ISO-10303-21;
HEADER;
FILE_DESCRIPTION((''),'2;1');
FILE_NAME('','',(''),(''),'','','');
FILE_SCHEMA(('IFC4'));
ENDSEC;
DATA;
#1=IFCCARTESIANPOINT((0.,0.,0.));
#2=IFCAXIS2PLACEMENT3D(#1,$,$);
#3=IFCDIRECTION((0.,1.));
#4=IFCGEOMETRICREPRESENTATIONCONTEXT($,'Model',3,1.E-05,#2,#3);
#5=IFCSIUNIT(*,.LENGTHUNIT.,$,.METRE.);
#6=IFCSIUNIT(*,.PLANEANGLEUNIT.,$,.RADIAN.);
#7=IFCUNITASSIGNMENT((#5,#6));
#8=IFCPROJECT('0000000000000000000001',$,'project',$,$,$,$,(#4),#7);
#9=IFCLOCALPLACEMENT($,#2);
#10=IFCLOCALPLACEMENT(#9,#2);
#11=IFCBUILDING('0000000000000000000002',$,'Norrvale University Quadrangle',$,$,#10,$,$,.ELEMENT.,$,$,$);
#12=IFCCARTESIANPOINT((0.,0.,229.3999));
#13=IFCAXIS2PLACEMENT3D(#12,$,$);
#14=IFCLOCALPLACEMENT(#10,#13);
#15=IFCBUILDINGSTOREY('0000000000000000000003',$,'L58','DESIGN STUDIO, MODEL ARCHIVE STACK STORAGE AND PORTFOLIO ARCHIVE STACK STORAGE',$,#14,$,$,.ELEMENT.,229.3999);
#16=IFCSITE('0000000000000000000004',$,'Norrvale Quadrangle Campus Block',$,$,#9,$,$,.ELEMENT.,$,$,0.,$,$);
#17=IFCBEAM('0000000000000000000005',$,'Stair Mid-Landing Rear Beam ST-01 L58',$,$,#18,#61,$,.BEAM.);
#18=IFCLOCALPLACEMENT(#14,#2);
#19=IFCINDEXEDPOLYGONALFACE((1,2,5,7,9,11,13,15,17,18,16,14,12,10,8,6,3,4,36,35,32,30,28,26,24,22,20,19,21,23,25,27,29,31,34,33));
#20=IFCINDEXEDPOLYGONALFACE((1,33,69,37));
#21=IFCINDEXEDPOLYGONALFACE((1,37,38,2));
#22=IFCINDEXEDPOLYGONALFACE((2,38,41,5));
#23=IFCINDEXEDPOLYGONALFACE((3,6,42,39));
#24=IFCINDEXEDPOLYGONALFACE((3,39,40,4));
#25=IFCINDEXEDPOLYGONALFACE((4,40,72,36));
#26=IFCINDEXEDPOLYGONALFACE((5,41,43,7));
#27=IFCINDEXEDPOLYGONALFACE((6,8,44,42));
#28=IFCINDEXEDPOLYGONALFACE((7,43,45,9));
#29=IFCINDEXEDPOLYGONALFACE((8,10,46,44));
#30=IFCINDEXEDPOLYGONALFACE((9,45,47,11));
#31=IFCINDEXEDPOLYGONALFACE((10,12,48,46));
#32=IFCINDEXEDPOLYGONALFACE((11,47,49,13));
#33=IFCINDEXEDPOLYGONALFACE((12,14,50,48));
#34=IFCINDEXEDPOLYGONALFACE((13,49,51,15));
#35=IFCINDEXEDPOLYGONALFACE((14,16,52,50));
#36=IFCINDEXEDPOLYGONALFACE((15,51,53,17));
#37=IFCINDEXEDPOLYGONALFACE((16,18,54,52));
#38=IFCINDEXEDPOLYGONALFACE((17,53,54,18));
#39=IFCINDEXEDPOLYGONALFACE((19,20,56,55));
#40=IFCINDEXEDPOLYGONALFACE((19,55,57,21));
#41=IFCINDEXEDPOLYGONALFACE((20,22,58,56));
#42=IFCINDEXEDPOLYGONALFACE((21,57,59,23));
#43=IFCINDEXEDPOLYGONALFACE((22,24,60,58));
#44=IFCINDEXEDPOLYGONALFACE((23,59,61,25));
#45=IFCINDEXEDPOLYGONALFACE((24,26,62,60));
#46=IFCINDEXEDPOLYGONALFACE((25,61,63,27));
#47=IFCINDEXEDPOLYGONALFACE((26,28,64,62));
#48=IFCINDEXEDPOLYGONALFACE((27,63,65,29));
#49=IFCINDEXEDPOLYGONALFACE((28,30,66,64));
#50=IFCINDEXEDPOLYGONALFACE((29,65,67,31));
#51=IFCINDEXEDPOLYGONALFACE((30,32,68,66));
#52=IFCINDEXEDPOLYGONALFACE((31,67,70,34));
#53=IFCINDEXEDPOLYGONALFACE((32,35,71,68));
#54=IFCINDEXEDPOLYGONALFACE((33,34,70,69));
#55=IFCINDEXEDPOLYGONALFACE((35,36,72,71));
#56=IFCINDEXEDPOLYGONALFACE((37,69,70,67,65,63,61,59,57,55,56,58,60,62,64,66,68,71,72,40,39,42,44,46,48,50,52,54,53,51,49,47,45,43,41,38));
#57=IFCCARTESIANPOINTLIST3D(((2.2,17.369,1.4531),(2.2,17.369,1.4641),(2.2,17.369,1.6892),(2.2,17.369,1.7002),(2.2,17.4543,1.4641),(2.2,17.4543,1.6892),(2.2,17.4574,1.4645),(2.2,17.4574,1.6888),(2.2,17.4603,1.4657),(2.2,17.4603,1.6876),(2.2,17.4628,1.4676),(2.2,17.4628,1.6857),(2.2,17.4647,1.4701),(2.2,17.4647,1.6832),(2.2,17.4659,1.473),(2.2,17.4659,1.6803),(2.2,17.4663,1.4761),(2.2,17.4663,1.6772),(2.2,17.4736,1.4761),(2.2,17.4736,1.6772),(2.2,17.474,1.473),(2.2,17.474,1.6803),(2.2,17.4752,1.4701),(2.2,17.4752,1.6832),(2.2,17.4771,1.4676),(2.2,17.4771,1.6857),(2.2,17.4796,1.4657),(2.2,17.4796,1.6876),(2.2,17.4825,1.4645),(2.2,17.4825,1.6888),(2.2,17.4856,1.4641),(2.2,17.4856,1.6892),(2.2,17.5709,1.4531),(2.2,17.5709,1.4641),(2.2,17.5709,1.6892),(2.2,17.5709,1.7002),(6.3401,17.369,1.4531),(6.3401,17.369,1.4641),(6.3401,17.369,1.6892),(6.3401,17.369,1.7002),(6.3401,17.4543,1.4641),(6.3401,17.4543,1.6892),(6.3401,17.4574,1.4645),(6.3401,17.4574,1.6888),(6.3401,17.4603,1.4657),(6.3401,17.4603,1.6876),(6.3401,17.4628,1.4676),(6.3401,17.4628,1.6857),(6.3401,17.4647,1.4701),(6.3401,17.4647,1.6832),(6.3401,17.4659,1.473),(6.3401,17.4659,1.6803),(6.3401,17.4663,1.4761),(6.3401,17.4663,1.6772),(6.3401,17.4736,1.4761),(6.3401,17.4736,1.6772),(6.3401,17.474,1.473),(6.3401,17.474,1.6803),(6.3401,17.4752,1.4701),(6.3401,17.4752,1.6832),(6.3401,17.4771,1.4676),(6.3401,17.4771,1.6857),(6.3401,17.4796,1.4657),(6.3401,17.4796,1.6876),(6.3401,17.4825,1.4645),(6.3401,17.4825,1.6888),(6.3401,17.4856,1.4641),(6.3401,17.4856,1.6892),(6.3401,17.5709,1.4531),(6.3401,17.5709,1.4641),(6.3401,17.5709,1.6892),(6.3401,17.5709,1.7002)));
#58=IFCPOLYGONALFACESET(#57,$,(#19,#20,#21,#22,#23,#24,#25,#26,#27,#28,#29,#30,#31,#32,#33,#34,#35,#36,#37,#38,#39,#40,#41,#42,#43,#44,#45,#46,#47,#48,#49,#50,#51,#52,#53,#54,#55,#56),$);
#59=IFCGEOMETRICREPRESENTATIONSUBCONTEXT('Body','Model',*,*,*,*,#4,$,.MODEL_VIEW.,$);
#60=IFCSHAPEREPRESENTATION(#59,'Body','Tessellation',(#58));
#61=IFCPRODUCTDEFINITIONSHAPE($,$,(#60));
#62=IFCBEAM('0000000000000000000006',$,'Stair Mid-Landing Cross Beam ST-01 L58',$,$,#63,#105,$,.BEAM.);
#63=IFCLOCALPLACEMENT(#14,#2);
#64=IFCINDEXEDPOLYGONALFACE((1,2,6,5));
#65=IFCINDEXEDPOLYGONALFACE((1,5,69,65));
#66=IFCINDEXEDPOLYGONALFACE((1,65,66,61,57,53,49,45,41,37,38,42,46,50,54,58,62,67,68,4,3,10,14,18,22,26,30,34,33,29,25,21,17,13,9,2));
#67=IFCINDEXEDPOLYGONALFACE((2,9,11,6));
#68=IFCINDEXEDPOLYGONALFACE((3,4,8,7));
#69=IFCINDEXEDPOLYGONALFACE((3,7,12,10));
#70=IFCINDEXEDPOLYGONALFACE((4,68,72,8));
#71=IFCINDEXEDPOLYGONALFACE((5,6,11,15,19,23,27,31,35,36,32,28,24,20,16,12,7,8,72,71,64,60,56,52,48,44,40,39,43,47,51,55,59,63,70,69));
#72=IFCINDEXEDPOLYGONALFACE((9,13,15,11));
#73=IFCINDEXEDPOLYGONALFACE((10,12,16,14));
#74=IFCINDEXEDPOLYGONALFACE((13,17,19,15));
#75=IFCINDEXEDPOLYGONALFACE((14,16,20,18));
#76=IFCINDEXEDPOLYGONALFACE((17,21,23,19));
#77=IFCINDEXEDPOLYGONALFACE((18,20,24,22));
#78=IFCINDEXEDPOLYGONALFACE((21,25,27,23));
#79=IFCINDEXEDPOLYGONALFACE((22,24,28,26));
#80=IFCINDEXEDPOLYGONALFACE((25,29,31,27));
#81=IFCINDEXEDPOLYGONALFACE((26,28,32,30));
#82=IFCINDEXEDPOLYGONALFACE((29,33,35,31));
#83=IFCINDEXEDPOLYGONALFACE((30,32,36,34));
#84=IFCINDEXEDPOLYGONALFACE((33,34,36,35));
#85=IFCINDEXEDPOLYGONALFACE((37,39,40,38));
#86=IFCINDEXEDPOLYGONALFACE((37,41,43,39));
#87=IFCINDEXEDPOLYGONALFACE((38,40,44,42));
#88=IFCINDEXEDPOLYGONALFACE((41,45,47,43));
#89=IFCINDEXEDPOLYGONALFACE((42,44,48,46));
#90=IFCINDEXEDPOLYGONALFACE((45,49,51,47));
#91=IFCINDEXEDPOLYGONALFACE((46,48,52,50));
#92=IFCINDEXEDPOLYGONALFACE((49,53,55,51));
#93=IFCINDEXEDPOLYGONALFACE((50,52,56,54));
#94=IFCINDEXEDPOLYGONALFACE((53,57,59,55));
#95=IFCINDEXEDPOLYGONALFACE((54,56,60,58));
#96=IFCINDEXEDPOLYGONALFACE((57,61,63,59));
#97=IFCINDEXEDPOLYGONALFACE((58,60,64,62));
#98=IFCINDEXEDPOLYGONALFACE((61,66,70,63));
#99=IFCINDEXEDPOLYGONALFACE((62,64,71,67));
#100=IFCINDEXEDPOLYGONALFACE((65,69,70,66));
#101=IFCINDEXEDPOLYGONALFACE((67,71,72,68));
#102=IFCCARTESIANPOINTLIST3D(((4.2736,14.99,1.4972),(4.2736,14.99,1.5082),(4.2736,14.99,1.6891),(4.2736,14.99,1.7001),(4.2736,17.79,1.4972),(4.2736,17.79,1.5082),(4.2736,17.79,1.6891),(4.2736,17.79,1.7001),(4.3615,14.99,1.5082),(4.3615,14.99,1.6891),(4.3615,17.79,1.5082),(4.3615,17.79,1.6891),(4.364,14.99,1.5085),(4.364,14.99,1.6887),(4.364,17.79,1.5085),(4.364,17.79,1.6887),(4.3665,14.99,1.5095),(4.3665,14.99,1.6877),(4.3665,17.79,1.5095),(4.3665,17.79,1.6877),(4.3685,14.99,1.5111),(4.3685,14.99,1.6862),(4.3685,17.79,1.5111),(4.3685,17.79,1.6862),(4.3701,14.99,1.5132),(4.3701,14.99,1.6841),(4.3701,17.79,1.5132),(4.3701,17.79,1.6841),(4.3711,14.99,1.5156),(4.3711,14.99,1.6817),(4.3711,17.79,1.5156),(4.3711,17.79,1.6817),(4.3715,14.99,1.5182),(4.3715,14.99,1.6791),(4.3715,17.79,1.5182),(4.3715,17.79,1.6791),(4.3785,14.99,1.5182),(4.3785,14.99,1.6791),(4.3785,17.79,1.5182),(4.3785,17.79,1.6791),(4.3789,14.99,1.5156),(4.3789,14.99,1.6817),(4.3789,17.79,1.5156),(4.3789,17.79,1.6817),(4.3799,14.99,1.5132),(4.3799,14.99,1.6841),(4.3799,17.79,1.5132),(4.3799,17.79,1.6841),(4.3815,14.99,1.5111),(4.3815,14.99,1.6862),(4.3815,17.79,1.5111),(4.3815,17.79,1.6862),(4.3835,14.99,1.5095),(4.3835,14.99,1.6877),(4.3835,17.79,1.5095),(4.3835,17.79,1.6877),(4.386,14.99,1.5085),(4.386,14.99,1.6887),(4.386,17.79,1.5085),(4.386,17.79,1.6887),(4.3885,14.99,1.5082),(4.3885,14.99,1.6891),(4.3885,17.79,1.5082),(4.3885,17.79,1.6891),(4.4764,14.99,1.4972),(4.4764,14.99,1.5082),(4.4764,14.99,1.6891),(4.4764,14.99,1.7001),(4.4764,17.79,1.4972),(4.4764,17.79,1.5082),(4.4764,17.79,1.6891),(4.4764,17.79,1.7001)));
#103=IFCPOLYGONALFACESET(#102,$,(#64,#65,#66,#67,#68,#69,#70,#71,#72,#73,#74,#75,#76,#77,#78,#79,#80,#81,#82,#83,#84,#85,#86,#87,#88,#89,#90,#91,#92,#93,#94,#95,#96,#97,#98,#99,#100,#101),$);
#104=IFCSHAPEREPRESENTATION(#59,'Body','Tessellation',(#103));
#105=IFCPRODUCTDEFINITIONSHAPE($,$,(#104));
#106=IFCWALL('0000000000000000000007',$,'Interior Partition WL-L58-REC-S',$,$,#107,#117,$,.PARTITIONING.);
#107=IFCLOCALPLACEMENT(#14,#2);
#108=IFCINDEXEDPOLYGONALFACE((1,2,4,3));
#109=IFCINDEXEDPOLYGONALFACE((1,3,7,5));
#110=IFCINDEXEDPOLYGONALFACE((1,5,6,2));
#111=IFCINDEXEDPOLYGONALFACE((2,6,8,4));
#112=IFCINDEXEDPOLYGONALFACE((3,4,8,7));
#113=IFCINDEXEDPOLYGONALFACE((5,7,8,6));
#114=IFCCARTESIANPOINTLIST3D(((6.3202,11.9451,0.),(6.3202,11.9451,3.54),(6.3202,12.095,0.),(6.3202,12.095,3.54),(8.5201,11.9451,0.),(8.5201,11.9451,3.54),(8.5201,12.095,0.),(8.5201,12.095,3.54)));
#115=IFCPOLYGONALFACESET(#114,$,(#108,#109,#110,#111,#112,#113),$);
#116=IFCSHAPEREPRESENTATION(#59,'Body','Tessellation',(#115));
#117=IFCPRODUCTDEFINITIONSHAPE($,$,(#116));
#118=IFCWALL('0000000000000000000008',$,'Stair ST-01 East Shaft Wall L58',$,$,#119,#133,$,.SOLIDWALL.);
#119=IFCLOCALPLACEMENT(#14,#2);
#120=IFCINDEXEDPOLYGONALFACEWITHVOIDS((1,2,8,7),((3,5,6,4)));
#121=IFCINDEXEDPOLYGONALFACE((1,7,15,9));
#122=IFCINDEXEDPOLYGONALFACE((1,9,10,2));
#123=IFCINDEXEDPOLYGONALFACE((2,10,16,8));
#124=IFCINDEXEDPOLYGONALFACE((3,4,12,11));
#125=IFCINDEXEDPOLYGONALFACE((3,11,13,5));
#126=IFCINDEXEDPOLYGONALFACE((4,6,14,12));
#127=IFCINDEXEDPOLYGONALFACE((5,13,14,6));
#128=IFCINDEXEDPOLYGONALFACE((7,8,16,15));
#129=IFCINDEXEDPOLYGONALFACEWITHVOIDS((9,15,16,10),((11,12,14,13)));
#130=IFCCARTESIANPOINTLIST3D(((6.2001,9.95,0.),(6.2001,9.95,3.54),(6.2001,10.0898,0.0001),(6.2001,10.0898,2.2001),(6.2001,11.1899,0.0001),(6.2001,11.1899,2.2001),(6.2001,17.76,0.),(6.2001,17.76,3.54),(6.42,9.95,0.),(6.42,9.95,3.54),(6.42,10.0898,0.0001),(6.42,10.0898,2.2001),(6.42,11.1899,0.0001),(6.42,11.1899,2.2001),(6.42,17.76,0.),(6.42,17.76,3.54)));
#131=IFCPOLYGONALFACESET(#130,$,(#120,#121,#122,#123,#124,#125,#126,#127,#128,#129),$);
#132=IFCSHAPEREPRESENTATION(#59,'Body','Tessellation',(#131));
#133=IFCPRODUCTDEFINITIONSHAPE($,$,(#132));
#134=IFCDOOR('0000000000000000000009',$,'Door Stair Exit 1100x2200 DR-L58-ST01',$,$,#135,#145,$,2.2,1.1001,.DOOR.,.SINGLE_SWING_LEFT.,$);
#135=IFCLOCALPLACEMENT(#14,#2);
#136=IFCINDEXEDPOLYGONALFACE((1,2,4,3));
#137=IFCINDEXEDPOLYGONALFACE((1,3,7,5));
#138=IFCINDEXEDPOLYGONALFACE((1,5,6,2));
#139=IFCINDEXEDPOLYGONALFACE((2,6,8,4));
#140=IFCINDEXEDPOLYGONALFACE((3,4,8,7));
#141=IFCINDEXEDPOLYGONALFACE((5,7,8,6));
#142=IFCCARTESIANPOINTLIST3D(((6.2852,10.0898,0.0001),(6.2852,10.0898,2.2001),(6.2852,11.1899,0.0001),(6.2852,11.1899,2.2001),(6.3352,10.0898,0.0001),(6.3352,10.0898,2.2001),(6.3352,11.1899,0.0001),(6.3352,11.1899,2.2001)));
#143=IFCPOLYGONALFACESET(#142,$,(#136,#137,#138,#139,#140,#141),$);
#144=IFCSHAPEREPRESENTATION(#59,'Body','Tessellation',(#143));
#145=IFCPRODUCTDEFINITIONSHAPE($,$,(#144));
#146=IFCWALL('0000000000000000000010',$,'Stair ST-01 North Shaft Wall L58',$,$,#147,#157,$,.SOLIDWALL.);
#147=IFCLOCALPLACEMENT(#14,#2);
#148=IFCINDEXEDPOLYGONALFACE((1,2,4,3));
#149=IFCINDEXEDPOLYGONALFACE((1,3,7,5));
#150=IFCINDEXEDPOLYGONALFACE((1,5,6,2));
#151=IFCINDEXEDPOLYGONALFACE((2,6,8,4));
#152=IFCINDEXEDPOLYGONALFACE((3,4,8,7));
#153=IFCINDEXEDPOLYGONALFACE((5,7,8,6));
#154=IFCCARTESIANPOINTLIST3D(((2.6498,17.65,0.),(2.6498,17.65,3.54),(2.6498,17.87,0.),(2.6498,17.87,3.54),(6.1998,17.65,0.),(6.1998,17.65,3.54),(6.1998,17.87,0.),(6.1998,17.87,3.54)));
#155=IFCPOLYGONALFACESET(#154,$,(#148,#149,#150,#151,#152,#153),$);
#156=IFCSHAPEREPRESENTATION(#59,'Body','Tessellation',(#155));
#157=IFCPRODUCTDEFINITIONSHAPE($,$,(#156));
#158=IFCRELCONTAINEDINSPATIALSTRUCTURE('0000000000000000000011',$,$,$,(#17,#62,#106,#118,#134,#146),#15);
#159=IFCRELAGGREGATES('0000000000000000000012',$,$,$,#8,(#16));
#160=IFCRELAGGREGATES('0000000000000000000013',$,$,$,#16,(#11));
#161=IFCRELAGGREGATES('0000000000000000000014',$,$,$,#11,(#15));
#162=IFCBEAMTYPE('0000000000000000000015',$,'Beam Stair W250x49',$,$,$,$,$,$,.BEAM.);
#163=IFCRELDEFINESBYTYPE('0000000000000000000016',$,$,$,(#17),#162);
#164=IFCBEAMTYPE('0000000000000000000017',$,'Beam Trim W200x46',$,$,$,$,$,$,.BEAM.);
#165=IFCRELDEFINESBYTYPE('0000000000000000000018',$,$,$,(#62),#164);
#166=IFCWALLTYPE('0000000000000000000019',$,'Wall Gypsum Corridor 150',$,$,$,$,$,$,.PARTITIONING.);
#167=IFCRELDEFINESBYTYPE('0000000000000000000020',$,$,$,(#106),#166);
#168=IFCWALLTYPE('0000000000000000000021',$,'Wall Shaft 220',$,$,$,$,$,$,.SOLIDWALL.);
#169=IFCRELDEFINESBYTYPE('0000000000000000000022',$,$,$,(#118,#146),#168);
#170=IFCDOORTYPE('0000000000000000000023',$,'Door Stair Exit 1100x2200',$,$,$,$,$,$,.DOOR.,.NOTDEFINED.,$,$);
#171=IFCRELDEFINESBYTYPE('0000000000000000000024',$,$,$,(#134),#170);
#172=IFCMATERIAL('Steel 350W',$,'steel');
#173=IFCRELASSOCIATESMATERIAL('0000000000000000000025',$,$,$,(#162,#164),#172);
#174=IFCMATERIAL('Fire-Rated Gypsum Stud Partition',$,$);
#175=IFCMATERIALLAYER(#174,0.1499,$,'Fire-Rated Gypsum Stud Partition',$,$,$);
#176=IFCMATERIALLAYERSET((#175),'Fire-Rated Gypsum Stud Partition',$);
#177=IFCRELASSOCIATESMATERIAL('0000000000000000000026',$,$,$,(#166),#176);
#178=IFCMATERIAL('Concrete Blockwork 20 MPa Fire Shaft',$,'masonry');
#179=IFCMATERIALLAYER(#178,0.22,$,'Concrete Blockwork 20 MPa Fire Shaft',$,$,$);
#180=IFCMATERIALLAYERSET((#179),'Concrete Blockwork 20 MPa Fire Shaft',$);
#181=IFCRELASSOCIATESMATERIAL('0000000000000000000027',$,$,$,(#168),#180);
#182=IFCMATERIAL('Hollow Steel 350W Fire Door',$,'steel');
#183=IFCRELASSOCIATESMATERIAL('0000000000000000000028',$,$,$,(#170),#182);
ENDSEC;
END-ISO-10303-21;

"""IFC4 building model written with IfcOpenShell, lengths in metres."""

from ifc_helpers import new_model, si_unit, direction, frame, frame_2d, origin, origin_2d, place, context, subcontext, project, spatial, rectangle, i_section, extrude, material, layer, layer_set, material_profile, profile_set, type_object, element, fill, save


model = new_model("IFC4")

# Units and contexts
model_context = context("Model", 3, precision=1e-05, world=origin(), true_north=direction((0.0, 1.0)))
body_context = subcontext(model_context, "Body", "Model", "MODEL_VIEW")
ifc_project = project(units=[si_unit("LENGTHUNIT", "METRE"), si_unit("PLANEANGLEUNIT", "RADIAN")], contexts=[model_context])

# Site, building, storey
site_placement = place(None, origin())
site = spatial("IfcSite", under=ifc_project, at=site_placement, Name="Norrvale Quadrangle Campus Block", CompositionType="ELEMENT", RefElevation=0.0)
building_placement = place(site_placement, origin())
building = spatial("IfcBuilding", under=site, at=building_placement, Name="Norrvale University Quadrangle", CompositionType="ELEMENT")
storey_placement = place(building_placement, frame((0.0, 0.0, 229.3999)))
storey = spatial("IfcBuildingStorey", under=building, at=storey_placement, Name="L58", Description="DESIGN STUDIO, MODEL ARCHIVE STACK STORAGE AND PORTFOLIO ARCHIVE STACK STORAGE", CompositionType="ELEMENT", Elevation=229.3999)

# Beams
ifc_material_1 = material(Name="Steel 350W", Category="steel")
ifc_material_profile_1 = material_profile(ifc_material_1, i_section(OverallWidth=0.2019, OverallDepth=0.2471, WebThickness=0.0073, FlangeThickness=0.011, FilletRadius=0.012, at=origin_2d()), Name="Steel 350W")
ifc_profile_set_1 = profile_set([ifc_material_profile_1], Name="Steel 350W")
beam_type_1 = type_object("IfcBeamType", Name="Beam Stair W250x49", PredefinedType="BEAM", material=ifc_profile_set_1)
for number, where, z_axis, x_axis, name in (
    (1, (2.2, 17.47, 1.5767), (1.0, 0.0, 0.0), (0.0, 1.0, 0.0), "Stair Mid-Landing Rear Beam ST-01 L58"),
):
    element("IfcBeam", number, at=place(storey_placement, frame(where, z_axis=z_axis, x_axis=x_axis)), inside=storey, type_object=beam_type_1, Name=name, PredefinedType="BEAM", context=body_context, shape_type="SweptSolid", body=[
        extrude(i_section(OverallWidth=0.2019, OverallDepth=0.2471, WebThickness=0.0073, FlangeThickness=0.011, FilletRadius=0.012, at=origin_2d()), origin(), (0.0, 0.0, 1.0), 4.1401),
    ])
ifc_material_profile_2 = material_profile(ifc_material_1, i_section(OverallWidth=0.2029, OverallDepth=0.2029, WebThickness=0.0071, FlangeThickness=0.011, FilletRadius=0.01, at=origin_2d()), Name="Steel 350W")
ifc_profile_set_2 = profile_set([ifc_material_profile_2], Name="Steel 350W")
beam_type_2 = type_object("IfcBeamType", Name="Beam Trim W200x46", PredefinedType="BEAM", material=ifc_profile_set_2)
beam_1_placement = place(storey_placement, frame((4.375, 14.99, 1.5986), z_axis=(0.0, 1.0, 0.0), x_axis=(-1.0, 0.0, 0.0)))
element("IfcBeam", 2, at=beam_1_placement, inside=storey, type_object=beam_type_2, Name="Stair Mid-Landing Cross Beam ST-01 L58", PredefinedType="BEAM", context=body_context, shape_type="SweptSolid", body=[
    extrude(i_section(OverallWidth=0.2029, OverallDepth=0.2029, WebThickness=0.0071, FlangeThickness=0.011, FilletRadius=0.01, at=origin_2d()), origin(), (0.0, 0.0, 1.0), 2.8),
])

# Wall
ifc_material_2 = material(Name="Fire-Rated Gypsum Stud Partition")
ifc_layer_1 = layer(ifc_material_2, 0.1499, Name="Fire-Rated Gypsum Stud Partition")
ifc_layer_set_1 = layer_set([ifc_layer_1], Name="Fire-Rated Gypsum Stud Partition")
wall_type_1 = type_object("IfcWallType", Name="Wall Gypsum Corridor 150", PredefinedType="PARTITIONING", material=ifc_layer_set_1)
wall_1_placement = place(storey_placement, frame((6.3201, 12.02, 0.0), z_axis=(0.0, 0.0, 1.0), x_axis=(1.0, 0.0, 0.0)))
element("IfcWall", 3, at=wall_1_placement, inside=storey, type_object=wall_type_1, Name="Interior Partition WL-L58-REC-S", PredefinedType="PARTITIONING", context=body_context, shape_type="SweptSolid", body=[
    extrude(rectangle(XDim=2.2, YDim=0.1499, at=frame_2d((1.1001, 0.0))), origin(), (0.0, 0.0, 1.0), 3.54),
])

# Wall, opening, door
ifc_material_3 = material(Name="Concrete Blockwork 20 MPa Fire Shaft", Category="masonry")
ifc_layer_2 = layer(ifc_material_3, 0.22, Name="Concrete Blockwork 20 MPa Fire Shaft")
ifc_layer_set_2 = layer_set([ifc_layer_2], Name="Concrete Blockwork 20 MPa Fire Shaft")
wall_type_2 = type_object("IfcWallType", Name="Wall Shaft 220", PredefinedType="SOLIDWALL", material=ifc_layer_set_2)
wall_2_placement = place(storey_placement, frame((6.3101, 9.95, 0.0), z_axis=(0.0, 0.0, 1.0), x_axis=(0.0, 1.0, 0.0)))
wall_2 = element("IfcWall", 4, at=wall_2_placement, inside=storey, type_object=wall_type_2, Name="Stair ST-01 East Shaft Wall L58", PredefinedType="SOLIDWALL", context=body_context, shape_type="SweptSolid", body=[
    extrude(rectangle(XDim=7.8101, YDim=0.22, at=frame_2d((3.905, 0.0))), origin(), (0.0, 0.0, 1.0), 3.54),
])
opening_placement = place(wall_2_placement, frame((0.1399, 0.0, 0.0)))
opening = element("IfcOpeningElement", 5, at=opening_placement, cuts=wall_2, PredefinedType="OPENING", context=body_context, shape_type="SweptSolid", body=[
    extrude(rectangle(XDim=1.1001, YDim=2.2, at=frame_2d((0.55, 1.1001))), frame((0.0, 0.1221, 0.0), z_axis=(0.0, -1.0, 0.0), x_axis=(1.0, 0.0, 0.0)), (0.0, 0.0, 1.0), 0.2439),
])
ifc_material_4 = material(Name="Hollow Steel 350W Fire Door", Category="steel")
door_type = type_object("IfcDoorType", Name="Door Stair Exit 1100x2200", OperationType="NOTDEFINED", PredefinedType="DOOR", material=ifc_material_4)
door_placement = place(opening_placement, origin())
door = element("IfcDoor", 6, at=door_placement, inside=storey, type_object=door_type, Name="Door Stair Exit 1100x2200 DR-L58-ST01", OperationType="SINGLE_SWING_LEFT", OverallHeight=2.2, OverallWidth=1.1001, PredefinedType="DOOR", context=body_context, shape_type="SweptSolid", body=[
    extrude(rectangle(XDim=1.1001, YDim=2.2, at=frame_2d((0.55, 1.1001))), frame((0.0, 0.0249, 0.0), z_axis=(0.0, -1.0, 0.0), x_axis=(1.0, 0.0, 0.0)), (0.0, 0.0, 1.0), 0.05),
])
fill(opening, door)

# Wall
wall_3_placement = place(storey_placement, frame((2.6499, 17.76, 0.0), z_axis=(0.0, 0.0, 1.0), x_axis=(1.0, 0.0, 0.0)))
element("IfcWall", 7, at=wall_3_placement, inside=storey, type_object=wall_type_2, Name="Stair ST-01 North Shaft Wall L58", PredefinedType="SOLIDWALL", context=body_context, shape_type="SweptSolid", body=[
    extrude(rectangle(XDim=3.55, YDim=0.22, at=frame_2d((1.7749, 0.0))), origin(), (0.0, 0.0, 1.0), 3.54),
])

save(model, "model.ifc")
